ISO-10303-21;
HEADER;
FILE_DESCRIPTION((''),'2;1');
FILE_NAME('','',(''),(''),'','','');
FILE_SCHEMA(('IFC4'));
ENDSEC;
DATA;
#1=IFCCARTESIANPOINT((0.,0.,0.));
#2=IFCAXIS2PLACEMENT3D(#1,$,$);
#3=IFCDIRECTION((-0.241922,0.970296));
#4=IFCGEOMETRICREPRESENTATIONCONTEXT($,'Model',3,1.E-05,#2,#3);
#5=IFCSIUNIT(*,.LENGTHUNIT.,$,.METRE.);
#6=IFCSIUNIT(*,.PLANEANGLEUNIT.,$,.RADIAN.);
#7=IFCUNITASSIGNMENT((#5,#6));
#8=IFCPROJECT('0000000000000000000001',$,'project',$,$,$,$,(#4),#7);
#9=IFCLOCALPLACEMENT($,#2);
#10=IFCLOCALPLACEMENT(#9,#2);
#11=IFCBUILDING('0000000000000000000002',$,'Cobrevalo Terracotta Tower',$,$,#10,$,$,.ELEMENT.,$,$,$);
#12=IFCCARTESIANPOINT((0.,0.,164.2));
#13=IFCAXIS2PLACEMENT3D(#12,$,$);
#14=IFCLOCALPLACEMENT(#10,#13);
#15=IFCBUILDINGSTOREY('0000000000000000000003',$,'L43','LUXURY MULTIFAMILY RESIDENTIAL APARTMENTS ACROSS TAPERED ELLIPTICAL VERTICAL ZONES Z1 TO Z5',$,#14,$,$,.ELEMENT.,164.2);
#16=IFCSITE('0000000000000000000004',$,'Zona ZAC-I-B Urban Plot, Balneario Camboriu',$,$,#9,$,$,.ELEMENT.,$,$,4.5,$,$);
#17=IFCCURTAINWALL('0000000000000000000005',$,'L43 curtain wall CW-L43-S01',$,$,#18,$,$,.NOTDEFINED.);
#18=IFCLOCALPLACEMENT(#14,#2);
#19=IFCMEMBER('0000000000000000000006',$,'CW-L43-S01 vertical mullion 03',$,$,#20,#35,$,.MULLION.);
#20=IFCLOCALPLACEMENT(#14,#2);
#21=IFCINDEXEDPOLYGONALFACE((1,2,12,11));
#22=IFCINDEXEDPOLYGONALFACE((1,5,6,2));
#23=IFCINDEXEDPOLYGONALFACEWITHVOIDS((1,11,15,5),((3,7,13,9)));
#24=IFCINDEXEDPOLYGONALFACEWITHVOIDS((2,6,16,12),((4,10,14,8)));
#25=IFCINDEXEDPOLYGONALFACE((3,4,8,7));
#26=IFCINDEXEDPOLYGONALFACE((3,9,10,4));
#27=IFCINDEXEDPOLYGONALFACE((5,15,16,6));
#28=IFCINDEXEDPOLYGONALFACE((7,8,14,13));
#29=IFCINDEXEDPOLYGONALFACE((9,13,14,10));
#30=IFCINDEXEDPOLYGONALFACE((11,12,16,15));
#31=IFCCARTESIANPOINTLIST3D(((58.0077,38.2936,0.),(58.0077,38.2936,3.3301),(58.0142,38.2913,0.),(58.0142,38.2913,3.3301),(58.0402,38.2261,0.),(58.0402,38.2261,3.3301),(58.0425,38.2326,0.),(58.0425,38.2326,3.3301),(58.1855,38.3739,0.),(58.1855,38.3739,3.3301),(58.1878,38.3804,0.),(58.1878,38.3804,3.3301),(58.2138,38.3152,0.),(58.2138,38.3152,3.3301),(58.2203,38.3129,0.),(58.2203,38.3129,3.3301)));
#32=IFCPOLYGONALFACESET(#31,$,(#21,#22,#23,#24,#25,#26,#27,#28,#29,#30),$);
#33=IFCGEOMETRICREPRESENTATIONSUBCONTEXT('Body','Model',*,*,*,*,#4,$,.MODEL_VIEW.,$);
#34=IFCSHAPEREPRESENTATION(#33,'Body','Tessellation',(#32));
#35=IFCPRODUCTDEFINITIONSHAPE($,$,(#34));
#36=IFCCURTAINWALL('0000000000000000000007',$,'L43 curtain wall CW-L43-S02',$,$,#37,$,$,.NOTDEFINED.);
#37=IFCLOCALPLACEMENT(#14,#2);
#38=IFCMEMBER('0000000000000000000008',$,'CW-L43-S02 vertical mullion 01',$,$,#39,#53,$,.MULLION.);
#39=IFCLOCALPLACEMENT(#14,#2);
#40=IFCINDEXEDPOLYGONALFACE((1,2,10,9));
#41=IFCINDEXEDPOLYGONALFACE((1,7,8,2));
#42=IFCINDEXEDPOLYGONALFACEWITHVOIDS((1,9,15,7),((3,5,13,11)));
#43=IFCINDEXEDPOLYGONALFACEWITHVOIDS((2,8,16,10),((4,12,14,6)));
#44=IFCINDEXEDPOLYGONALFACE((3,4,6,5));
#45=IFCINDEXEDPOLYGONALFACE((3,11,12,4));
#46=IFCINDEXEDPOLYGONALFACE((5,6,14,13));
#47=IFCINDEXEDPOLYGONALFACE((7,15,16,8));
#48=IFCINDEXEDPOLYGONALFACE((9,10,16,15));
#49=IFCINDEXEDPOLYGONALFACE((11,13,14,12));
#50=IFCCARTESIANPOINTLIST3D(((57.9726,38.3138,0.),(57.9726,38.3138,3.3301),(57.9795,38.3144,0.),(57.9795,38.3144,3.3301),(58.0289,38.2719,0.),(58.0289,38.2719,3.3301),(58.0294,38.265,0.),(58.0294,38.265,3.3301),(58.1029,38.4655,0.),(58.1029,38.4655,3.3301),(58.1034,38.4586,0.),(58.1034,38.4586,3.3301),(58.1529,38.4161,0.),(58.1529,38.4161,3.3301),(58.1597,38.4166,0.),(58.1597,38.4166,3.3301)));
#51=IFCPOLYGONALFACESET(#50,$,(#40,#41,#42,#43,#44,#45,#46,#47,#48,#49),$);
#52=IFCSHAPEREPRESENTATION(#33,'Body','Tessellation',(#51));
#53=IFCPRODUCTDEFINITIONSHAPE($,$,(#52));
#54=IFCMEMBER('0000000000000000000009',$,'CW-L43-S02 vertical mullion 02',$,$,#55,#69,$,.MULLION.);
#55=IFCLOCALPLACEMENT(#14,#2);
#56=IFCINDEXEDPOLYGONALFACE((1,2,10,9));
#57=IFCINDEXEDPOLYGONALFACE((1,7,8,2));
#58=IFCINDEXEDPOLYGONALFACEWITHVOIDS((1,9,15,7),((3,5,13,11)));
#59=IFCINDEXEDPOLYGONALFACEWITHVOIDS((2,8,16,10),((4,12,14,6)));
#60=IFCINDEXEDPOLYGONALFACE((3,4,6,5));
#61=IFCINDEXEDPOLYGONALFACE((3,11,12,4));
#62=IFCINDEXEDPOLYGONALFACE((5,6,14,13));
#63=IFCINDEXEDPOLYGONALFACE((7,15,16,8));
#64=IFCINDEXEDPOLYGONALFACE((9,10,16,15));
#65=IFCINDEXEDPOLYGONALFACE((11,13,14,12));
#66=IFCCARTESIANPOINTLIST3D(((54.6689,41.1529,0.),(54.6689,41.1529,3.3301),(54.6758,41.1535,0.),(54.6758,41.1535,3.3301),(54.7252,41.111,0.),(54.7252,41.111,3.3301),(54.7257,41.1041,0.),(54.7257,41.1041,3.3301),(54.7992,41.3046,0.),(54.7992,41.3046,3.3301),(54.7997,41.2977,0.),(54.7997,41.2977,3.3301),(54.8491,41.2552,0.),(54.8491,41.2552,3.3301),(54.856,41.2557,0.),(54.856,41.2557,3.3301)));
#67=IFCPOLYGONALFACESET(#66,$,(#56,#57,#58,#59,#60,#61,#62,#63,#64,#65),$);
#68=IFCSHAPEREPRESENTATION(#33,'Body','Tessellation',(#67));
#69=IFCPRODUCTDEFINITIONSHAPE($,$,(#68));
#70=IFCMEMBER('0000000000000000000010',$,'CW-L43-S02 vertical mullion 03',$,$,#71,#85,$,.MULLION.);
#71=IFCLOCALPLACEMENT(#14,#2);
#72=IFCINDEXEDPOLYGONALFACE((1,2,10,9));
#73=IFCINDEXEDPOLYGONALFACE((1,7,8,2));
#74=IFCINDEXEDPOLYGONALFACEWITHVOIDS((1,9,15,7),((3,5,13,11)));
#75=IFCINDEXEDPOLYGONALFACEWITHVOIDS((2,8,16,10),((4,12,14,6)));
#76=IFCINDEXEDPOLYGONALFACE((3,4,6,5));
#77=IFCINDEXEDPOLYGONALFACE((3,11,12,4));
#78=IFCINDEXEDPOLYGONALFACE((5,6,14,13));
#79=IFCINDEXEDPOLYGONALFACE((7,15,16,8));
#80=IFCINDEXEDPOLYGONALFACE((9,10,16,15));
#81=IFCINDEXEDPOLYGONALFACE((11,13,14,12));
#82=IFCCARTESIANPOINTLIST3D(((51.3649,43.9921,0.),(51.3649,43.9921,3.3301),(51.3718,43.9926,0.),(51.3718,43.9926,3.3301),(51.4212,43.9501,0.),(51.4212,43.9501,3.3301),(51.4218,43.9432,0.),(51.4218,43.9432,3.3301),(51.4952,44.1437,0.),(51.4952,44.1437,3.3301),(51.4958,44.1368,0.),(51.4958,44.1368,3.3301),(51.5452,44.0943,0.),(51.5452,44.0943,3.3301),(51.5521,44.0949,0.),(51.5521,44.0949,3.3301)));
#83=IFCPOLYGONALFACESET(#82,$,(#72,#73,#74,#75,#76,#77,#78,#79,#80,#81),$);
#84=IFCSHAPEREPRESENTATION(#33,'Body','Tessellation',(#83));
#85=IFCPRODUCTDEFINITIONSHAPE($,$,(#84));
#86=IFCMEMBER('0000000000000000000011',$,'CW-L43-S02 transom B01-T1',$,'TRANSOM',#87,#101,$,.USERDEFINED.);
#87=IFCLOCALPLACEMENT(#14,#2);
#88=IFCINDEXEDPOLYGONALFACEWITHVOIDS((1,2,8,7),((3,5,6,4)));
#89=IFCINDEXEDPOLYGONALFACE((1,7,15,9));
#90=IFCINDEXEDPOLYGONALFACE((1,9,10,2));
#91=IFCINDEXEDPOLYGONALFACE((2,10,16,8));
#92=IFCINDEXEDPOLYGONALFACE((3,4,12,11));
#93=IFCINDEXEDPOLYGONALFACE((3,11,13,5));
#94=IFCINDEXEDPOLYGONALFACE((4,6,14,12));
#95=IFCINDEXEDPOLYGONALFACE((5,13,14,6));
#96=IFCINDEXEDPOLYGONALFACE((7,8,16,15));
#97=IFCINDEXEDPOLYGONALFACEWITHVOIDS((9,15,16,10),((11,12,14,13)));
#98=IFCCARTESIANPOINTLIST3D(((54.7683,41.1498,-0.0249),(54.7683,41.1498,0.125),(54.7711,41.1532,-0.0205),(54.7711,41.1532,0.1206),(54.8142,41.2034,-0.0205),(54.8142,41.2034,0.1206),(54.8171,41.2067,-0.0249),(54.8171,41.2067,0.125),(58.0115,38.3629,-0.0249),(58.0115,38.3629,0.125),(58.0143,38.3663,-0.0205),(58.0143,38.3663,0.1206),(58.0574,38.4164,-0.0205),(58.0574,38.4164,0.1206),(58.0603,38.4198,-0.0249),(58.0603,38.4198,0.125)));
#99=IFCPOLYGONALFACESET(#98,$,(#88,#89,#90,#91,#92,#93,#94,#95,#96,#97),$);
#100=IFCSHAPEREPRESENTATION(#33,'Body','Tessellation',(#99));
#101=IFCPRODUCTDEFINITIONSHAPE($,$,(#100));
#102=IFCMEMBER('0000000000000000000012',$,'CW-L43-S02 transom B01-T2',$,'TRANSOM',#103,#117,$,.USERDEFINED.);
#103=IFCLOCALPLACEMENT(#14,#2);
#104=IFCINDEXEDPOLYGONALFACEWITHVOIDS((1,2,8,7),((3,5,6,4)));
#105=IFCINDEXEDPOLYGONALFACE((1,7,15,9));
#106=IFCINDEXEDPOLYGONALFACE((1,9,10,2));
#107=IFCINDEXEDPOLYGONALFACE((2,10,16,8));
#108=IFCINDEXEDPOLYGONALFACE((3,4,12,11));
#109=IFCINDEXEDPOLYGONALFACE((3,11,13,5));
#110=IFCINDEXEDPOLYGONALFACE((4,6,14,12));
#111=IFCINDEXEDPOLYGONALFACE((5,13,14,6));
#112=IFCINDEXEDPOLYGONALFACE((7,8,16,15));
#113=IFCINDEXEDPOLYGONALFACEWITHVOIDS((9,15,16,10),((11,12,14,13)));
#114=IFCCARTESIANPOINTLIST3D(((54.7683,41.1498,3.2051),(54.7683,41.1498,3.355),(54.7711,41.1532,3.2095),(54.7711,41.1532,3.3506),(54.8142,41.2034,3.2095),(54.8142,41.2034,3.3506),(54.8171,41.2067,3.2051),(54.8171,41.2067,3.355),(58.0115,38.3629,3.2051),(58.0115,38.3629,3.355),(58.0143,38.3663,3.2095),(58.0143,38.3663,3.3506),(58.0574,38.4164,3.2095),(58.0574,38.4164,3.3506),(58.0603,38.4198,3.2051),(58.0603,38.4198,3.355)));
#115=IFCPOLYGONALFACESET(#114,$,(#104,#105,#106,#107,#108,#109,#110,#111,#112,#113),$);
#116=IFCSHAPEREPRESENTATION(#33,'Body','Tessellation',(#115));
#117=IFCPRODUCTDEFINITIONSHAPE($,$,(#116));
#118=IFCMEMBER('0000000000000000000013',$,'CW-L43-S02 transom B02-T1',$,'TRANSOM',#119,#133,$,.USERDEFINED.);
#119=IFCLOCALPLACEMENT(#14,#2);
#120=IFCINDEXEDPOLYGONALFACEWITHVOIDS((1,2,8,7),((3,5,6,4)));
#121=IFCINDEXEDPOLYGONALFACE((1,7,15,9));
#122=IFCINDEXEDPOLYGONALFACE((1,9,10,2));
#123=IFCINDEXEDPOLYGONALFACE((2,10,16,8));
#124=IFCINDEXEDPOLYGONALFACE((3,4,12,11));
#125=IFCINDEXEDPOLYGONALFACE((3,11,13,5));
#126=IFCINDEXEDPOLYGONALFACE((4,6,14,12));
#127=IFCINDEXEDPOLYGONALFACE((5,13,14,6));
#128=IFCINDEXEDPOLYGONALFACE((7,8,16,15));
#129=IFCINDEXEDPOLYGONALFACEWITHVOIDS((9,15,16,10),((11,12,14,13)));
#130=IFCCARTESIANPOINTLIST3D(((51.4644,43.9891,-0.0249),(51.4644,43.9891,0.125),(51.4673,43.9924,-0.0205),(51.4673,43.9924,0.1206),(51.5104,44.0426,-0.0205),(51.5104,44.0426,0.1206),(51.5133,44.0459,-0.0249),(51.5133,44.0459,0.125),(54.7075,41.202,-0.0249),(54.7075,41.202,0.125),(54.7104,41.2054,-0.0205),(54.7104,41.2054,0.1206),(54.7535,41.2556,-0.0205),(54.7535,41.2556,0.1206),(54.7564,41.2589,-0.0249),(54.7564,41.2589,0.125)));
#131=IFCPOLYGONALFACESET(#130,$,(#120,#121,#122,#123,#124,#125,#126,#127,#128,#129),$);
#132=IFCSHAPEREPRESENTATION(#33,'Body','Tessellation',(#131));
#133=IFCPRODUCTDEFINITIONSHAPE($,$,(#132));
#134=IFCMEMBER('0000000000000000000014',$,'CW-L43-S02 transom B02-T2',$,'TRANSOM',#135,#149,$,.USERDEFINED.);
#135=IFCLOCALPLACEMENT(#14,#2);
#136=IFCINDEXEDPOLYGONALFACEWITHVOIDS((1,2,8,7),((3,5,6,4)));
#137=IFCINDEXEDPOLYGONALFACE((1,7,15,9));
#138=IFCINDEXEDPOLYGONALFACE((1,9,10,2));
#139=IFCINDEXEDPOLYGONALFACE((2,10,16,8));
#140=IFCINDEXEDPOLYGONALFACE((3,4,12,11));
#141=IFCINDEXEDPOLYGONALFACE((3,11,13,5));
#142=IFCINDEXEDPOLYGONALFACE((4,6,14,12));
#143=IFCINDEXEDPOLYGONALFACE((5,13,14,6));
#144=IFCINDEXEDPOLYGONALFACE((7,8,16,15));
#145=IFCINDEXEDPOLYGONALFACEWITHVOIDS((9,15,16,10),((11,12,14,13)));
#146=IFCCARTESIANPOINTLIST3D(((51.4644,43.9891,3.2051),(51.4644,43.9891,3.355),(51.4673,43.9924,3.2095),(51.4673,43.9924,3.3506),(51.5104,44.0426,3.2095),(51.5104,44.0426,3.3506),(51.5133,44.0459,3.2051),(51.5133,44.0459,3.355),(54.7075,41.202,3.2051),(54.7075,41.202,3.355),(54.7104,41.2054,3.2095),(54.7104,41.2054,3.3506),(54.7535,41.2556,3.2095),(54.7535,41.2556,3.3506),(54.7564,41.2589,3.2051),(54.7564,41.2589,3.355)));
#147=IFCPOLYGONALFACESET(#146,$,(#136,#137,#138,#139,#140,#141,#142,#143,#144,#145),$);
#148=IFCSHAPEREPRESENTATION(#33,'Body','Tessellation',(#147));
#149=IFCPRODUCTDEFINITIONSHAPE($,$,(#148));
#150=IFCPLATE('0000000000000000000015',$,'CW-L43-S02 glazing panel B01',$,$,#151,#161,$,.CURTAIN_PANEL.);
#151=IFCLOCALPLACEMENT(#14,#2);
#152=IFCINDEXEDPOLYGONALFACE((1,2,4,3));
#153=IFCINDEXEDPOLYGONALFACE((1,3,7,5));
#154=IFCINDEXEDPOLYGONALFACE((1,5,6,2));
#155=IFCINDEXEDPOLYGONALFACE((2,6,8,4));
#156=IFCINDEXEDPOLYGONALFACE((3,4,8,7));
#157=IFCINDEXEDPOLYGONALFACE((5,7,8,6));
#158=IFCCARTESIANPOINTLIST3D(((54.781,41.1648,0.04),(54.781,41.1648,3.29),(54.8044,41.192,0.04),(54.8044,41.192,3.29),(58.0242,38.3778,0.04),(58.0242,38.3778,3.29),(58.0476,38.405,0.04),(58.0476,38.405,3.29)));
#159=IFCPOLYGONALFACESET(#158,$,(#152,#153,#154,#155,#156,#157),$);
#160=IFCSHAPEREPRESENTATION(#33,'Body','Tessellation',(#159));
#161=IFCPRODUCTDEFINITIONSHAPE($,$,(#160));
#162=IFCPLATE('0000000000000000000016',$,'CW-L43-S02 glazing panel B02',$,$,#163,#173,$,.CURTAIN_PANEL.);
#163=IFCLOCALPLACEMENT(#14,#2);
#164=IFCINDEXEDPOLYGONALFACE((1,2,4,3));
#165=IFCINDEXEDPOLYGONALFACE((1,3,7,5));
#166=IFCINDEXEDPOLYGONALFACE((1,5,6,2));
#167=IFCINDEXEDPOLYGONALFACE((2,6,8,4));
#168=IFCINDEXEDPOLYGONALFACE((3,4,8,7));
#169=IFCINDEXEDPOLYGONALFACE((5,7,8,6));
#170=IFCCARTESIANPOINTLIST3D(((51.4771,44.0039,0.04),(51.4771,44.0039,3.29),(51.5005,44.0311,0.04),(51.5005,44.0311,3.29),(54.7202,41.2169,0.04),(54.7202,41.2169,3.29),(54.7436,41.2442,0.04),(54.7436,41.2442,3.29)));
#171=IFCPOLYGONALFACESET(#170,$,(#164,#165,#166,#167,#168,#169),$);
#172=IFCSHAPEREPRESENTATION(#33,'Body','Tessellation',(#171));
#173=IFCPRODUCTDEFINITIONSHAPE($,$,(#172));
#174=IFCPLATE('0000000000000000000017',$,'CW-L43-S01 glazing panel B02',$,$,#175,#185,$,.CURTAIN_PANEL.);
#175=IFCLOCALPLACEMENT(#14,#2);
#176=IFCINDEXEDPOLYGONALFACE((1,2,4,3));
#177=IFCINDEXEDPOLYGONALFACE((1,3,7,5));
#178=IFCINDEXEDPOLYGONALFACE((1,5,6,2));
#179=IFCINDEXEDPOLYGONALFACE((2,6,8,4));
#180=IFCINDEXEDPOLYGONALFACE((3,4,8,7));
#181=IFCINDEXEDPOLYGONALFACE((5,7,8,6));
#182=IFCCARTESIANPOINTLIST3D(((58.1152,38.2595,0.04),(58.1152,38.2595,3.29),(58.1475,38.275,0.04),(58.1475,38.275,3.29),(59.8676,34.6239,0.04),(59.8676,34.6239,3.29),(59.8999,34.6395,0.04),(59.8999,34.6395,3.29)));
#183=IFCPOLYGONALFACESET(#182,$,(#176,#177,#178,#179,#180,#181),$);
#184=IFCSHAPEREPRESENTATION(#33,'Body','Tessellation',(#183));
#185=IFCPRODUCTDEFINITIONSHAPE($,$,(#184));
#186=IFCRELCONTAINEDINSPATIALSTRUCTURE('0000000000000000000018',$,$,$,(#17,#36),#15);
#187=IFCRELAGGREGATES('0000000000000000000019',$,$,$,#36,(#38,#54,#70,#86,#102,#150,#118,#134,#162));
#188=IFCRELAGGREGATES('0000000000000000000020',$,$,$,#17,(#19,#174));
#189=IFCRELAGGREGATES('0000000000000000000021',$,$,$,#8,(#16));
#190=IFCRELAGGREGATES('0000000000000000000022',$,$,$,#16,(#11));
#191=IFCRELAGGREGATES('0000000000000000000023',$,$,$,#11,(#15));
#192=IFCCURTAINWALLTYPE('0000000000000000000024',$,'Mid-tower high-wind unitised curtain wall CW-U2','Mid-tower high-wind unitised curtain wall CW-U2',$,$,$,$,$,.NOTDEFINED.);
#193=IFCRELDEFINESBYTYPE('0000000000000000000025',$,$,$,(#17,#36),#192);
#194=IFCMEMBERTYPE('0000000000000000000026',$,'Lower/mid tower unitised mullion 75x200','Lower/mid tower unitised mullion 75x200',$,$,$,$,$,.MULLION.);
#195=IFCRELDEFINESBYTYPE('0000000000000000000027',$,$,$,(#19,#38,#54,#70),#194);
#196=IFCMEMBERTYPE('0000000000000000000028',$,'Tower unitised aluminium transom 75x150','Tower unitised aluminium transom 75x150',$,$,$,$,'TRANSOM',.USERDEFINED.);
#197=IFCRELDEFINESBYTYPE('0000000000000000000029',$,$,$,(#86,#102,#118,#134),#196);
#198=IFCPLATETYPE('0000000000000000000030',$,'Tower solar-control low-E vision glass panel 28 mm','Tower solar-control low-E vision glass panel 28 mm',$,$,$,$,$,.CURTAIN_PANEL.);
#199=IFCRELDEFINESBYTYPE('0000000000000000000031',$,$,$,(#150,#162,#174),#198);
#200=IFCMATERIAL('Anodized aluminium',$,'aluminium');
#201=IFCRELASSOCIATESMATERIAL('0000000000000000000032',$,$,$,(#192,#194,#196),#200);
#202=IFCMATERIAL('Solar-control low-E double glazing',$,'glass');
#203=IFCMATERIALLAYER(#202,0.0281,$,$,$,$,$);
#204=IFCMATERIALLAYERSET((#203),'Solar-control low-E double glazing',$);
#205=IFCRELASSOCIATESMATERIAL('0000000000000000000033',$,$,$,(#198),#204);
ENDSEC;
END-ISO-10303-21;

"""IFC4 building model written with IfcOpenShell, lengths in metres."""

from ifc_helpers import new_model, si_unit, direction, frame, origin, origin_2d, place, context, subcontext, project, spatial, rectangle, hollow_rectangle, extrude, source, transform, mapped, material, layer, layer_set, material_profile, profile_set, type_object, element, aggregate, save


model = new_model("IFC4")

# Units and contexts
model_context = context("Model", 3, precision=1e-05, world=origin(), true_north=direction((-0.241922, 0.970296)))
body_context = subcontext(model_context, "Body", "Model", "MODEL_VIEW")
ifc_project = project(units=[si_unit("LENGTHUNIT", "METRE"), si_unit("PLANEANGLEUNIT", "RADIAN")], contexts=[model_context])

# Site, building, storey
site_placement = place(None, origin())
site = spatial("IfcSite", under=ifc_project, at=site_placement, Name="Zona ZAC-I-B Urban Plot, Balneario Camboriu", CompositionType="ELEMENT", RefElevation=4.5)
building_placement = place(site_placement, origin())
building = spatial("IfcBuilding", under=site, at=building_placement, Name="Cobrevalo Terracotta Tower", CompositionType="ELEMENT")
storey_placement = place(building_placement, frame((0.0, 0.0, 164.2)))
storey = spatial("IfcBuildingStorey", under=building, at=storey_placement, Name="L43", Description="LUXURY MULTIFAMILY RESIDENTIAL APARTMENTS ACROSS TAPERED ELLIPTICAL VERTICAL ZONES Z1 TO Z5", CompositionType="ELEMENT", Elevation=164.2)

# Curtain wall, member
ifc_material_1 = material(Name="Anodized aluminium", Category="aluminium")
curtain_wall_type = type_object("IfcCurtainWallType", Name="Mid-tower high-wind unitised curtain wall CW-U2", Description="Mid-tower high-wind unitised curtain wall CW-U2", PredefinedType="NOTDEFINED", material=ifc_material_1)
curtain_wall_1_placement = place(storey_placement, origin())
curtain_wall_1 = element("IfcCurtainWall", 1, at=curtain_wall_1_placement, inside=storey, type_object=curtain_wall_type, Name="L43 curtain wall CW-L43-S01", PredefinedType="NOTDEFINED")
ifc_material_profile_1 = material_profile(ifc_material_1, hollow_rectangle(XDim=0.075, YDim=0.2, WallThickness=0.0049, at=origin_2d()), Name="CWM 75x200")
ifc_profile_set_1 = profile_set([ifc_material_profile_1], Name="Anodized aluminium")
member_type_1 = type_object("IfcMemberType", Name="Lower/mid tower unitised mullion 75x200", Description="Lower/mid tower unitised mullion 75x200", PredefinedType="MULLION", material=ifc_profile_set_1)
shared_shape_1 = source(origin(), body_context, "Body", "SweptSolid", [
    extrude(hollow_rectangle(XDim=0.075, YDim=0.2, WallThickness=0.0049, at=origin_2d()), origin(), (0.0, 0.0, 1.0), 3.3301),
])
member_1_placement = place(storey_placement, frame((58.114, 38.3032, 0.0), z_axis=(0.0, 0.0, 1.0), x_axis=(-0.434209, 0.900812, 0.0)))
member_1 = element("IfcMember", 2, at=member_1_placement, type_object=member_type_1, Name="CW-L43-S01 vertical mullion 03", PredefinedType="MULLION", context=body_context, shape_type="MappedRepresentation", body=[
    mapped(shared_shape_1, transform((0.0, 0.0, 0.0), scale=1.0)),
])

# Curtain wall, members, plates
curtain_wall_2_placement = place(storey_placement, origin())
curtain_wall_2 = element("IfcCurtainWall", 3, at=curtain_wall_2_placement, inside=storey, type_object=curtain_wall_type, Name="L43 curtain wall CW-L43-S02", PredefinedType="NOTDEFINED")
member_2_placement = place(storey_placement, frame((58.0662, 38.3652, 0.0), z_axis=(0.0, 0.0, 1.0), x_axis=(-0.758442, 0.651741, 0.0)))
member_2 = element("IfcMember", 4, at=member_2_placement, type_object=member_type_1, Name="CW-L43-S02 vertical mullion 01", PredefinedType="MULLION", context=body_context, shape_type="MappedRepresentation", body=[
    mapped(shared_shape_1, transform((0.0, 0.0, 0.0), scale=1.0)),
])
member_3_placement = place(storey_placement, frame((54.7625, 41.2043, 0.0), z_axis=(0.0, 0.0, 1.0), x_axis=(-0.758442, 0.651741, 0.0)))
member_3 = element("IfcMember", 5, at=member_3_placement, type_object=member_type_1, Name="CW-L43-S02 vertical mullion 02", PredefinedType="MULLION", context=body_context, shape_type="MappedRepresentation", body=[
    mapped(shared_shape_1, transform((0.0, 0.0, 0.0), scale=1.0)),
])
member_4_placement = place(storey_placement, frame((51.4585, 44.0435, 0.0), z_axis=(0.0, 0.0, 1.0), x_axis=(-0.758442, 0.651741, 0.0)))
member_4 = element("IfcMember", 6, at=member_4_placement, type_object=member_type_1, Name="CW-L43-S02 vertical mullion 03", PredefinedType="MULLION", context=body_context, shape_type="MappedRepresentation", body=[
    mapped(shared_shape_1, transform((0.0, 0.0, 0.0), scale=1.0)),
])
ifc_material_profile_2 = material_profile(ifc_material_1, hollow_rectangle(XDim=0.075, YDim=0.1499, WallThickness=0.0044, at=origin_2d()), Name="CWT 75x150")
ifc_profile_set_2 = profile_set([ifc_material_profile_2], Name="Anodized aluminium")
member_type_2 = type_object("IfcMemberType", Name="Tower unitised aluminium transom 75x150", Description="Tower unitised aluminium transom 75x150", ElementType="TRANSOM", PredefinedType="USERDEFINED", material=ifc_profile_set_2)
shared_shape_2 = source(origin(), body_context, "Body", "SweptSolid", [
    extrude(hollow_rectangle(XDim=0.075, YDim=0.1499, WallThickness=0.0044, at=origin_2d()), origin(), (0.0, 0.0, 1.0), 4.2761),
])
member_5_placement = place(storey_placement, frame((58.0359, 38.3914, 0.05), z_axis=(-0.758446, 0.651736, 0.0), x_axis=(-0.651736, -0.758446, 0.0)))
member_5 = element("IfcMember", 7, at=member_5_placement, type_object=member_type_2, Name="CW-L43-S02 transom B01-T1", ObjectType="TRANSOM", PredefinedType="USERDEFINED", context=body_context, shape_type="MappedRepresentation", body=[
    mapped(shared_shape_2, transform((0.0, 0.0, 0.0), scale=1.0)),
])
member_6_placement = place(storey_placement, frame((58.0359, 38.3914, 3.28), z_axis=(-0.758446, 0.651736, 0.0), x_axis=(-0.651736, -0.758446, 0.0)))
member_6 = element("IfcMember", 8, at=member_6_placement, type_object=member_type_2, Name="CW-L43-S02 transom B01-T2", ObjectType="TRANSOM", PredefinedType="USERDEFINED", context=body_context, shape_type="MappedRepresentation", body=[
    mapped(shared_shape_2, transform((0.0, 0.0, 0.0), scale=1.0)),
])
member_7_placement = place(storey_placement, frame((54.7319, 41.2305, 0.05), z_axis=(-0.758418, 0.651769, 0.0), x_axis=(-0.651769, -0.758418, 0.0)))
member_7 = element("IfcMember", 9, at=member_7_placement, type_object=member_type_2, Name="CW-L43-S02 transom B02-T1", ObjectType="TRANSOM", PredefinedType="USERDEFINED", context=body_context, shape_type="MappedRepresentation", body=[
    mapped(shared_shape_2, transform((0.0, 0.0, 0.0), scale=1.0)),
])
member_8_placement = place(storey_placement, frame((54.7319, 41.2305, 3.28), z_axis=(-0.758418, 0.651769, 0.0), x_axis=(-0.651769, -0.758418, 0.0)))
member_8 = element("IfcMember", 10, at=member_8_placement, type_object=member_type_2, Name="CW-L43-S02 transom B02-T2", ObjectType="TRANSOM", PredefinedType="USERDEFINED", context=body_context, shape_type="MappedRepresentation", body=[
    mapped(shared_shape_2, transform((0.0, 0.0, 0.0), scale=1.0)),
])
ifc_material_2 = material(Name="Solar-control low-E double glazing", Category="glass")
ifc_layer_1 = layer(ifc_material_2, 0.0281)
ifc_layer_set_1 = layer_set([ifc_layer_1], Name="Solar-control low-E double glazing")
plate_type = type_object("IfcPlateType", Name="Tower solar-control low-E vision glass panel 28 mm", Description="Tower solar-control low-E vision glass panel 28 mm", PredefinedType="CURTAIN_PANEL", material=ifc_layer_set_1)
shared_shape_3 = source(origin(), body_context, "Body", "SweptSolid", [
    extrude(rectangle(XDim=4.2761, YDim=0.0359, at=origin_2d()), origin(), (0.0, 0.0, 1.0), 3.25),
])
plate_1_placement = place(storey_placement, frame((56.4143, 39.7849, 0.04), z_axis=(0.0, 0.0, 1.0), x_axis=(-0.758437, 0.651746, 0.0)))
plate_1 = element("IfcPlate", 11, at=plate_1_placement, type_object=plate_type, Name="CW-L43-S02 glazing panel B01", PredefinedType="CURTAIN_PANEL", context=body_context, shape_type="MappedRepresentation", body=[
    mapped(shared_shape_3, transform((0.0, 0.0, 0.0), scale=1.0)),
])
plate_2_placement = place(storey_placement, frame((53.1104, 42.624, 0.04), z_axis=(0.0, 0.0, 1.0), x_axis=(-0.758437, 0.651746, 0.0)))
plate_2 = element("IfcPlate", 12, at=plate_2_placement, type_object=plate_type, Name="CW-L43-S02 glazing panel B02", PredefinedType="CURTAIN_PANEL", context=body_context, shape_type="MappedRepresentation", body=[
    mapped(shared_shape_3, transform((0.0, 0.0, 0.0), scale=1.0)),
])
aggregate(curtain_wall_2, [member_2, member_3, member_4, member_5, member_6, plate_1, member_7, member_8, plate_2])

# Plate
shared_shape_4 = source(origin(), body_context, "Body", "SweptSolid", [
    extrude(rectangle(XDim=4.0359, YDim=0.0359, at=origin_2d()), origin(), (0.0, 0.0, 1.0), 3.25),
])
plate_3_placement = place(storey_placement, frame((59.0076, 36.4495, 0.04), z_axis=(0.0, 0.0, 1.0), x_axis=(-0.434209, 0.900812, 0.0)))
plate_3 = element("IfcPlate", 13, at=plate_3_placement, type_object=plate_type, Name="CW-L43-S01 glazing panel B02", PredefinedType="CURTAIN_PANEL", context=body_context, shape_type="MappedRepresentation", body=[
    mapped(shared_shape_4, transform((0.0, 0.0, 0.0), scale=1.0)),
])
aggregate(curtain_wall_1, [member_1, plate_3])

save(model, "model.ifc")
